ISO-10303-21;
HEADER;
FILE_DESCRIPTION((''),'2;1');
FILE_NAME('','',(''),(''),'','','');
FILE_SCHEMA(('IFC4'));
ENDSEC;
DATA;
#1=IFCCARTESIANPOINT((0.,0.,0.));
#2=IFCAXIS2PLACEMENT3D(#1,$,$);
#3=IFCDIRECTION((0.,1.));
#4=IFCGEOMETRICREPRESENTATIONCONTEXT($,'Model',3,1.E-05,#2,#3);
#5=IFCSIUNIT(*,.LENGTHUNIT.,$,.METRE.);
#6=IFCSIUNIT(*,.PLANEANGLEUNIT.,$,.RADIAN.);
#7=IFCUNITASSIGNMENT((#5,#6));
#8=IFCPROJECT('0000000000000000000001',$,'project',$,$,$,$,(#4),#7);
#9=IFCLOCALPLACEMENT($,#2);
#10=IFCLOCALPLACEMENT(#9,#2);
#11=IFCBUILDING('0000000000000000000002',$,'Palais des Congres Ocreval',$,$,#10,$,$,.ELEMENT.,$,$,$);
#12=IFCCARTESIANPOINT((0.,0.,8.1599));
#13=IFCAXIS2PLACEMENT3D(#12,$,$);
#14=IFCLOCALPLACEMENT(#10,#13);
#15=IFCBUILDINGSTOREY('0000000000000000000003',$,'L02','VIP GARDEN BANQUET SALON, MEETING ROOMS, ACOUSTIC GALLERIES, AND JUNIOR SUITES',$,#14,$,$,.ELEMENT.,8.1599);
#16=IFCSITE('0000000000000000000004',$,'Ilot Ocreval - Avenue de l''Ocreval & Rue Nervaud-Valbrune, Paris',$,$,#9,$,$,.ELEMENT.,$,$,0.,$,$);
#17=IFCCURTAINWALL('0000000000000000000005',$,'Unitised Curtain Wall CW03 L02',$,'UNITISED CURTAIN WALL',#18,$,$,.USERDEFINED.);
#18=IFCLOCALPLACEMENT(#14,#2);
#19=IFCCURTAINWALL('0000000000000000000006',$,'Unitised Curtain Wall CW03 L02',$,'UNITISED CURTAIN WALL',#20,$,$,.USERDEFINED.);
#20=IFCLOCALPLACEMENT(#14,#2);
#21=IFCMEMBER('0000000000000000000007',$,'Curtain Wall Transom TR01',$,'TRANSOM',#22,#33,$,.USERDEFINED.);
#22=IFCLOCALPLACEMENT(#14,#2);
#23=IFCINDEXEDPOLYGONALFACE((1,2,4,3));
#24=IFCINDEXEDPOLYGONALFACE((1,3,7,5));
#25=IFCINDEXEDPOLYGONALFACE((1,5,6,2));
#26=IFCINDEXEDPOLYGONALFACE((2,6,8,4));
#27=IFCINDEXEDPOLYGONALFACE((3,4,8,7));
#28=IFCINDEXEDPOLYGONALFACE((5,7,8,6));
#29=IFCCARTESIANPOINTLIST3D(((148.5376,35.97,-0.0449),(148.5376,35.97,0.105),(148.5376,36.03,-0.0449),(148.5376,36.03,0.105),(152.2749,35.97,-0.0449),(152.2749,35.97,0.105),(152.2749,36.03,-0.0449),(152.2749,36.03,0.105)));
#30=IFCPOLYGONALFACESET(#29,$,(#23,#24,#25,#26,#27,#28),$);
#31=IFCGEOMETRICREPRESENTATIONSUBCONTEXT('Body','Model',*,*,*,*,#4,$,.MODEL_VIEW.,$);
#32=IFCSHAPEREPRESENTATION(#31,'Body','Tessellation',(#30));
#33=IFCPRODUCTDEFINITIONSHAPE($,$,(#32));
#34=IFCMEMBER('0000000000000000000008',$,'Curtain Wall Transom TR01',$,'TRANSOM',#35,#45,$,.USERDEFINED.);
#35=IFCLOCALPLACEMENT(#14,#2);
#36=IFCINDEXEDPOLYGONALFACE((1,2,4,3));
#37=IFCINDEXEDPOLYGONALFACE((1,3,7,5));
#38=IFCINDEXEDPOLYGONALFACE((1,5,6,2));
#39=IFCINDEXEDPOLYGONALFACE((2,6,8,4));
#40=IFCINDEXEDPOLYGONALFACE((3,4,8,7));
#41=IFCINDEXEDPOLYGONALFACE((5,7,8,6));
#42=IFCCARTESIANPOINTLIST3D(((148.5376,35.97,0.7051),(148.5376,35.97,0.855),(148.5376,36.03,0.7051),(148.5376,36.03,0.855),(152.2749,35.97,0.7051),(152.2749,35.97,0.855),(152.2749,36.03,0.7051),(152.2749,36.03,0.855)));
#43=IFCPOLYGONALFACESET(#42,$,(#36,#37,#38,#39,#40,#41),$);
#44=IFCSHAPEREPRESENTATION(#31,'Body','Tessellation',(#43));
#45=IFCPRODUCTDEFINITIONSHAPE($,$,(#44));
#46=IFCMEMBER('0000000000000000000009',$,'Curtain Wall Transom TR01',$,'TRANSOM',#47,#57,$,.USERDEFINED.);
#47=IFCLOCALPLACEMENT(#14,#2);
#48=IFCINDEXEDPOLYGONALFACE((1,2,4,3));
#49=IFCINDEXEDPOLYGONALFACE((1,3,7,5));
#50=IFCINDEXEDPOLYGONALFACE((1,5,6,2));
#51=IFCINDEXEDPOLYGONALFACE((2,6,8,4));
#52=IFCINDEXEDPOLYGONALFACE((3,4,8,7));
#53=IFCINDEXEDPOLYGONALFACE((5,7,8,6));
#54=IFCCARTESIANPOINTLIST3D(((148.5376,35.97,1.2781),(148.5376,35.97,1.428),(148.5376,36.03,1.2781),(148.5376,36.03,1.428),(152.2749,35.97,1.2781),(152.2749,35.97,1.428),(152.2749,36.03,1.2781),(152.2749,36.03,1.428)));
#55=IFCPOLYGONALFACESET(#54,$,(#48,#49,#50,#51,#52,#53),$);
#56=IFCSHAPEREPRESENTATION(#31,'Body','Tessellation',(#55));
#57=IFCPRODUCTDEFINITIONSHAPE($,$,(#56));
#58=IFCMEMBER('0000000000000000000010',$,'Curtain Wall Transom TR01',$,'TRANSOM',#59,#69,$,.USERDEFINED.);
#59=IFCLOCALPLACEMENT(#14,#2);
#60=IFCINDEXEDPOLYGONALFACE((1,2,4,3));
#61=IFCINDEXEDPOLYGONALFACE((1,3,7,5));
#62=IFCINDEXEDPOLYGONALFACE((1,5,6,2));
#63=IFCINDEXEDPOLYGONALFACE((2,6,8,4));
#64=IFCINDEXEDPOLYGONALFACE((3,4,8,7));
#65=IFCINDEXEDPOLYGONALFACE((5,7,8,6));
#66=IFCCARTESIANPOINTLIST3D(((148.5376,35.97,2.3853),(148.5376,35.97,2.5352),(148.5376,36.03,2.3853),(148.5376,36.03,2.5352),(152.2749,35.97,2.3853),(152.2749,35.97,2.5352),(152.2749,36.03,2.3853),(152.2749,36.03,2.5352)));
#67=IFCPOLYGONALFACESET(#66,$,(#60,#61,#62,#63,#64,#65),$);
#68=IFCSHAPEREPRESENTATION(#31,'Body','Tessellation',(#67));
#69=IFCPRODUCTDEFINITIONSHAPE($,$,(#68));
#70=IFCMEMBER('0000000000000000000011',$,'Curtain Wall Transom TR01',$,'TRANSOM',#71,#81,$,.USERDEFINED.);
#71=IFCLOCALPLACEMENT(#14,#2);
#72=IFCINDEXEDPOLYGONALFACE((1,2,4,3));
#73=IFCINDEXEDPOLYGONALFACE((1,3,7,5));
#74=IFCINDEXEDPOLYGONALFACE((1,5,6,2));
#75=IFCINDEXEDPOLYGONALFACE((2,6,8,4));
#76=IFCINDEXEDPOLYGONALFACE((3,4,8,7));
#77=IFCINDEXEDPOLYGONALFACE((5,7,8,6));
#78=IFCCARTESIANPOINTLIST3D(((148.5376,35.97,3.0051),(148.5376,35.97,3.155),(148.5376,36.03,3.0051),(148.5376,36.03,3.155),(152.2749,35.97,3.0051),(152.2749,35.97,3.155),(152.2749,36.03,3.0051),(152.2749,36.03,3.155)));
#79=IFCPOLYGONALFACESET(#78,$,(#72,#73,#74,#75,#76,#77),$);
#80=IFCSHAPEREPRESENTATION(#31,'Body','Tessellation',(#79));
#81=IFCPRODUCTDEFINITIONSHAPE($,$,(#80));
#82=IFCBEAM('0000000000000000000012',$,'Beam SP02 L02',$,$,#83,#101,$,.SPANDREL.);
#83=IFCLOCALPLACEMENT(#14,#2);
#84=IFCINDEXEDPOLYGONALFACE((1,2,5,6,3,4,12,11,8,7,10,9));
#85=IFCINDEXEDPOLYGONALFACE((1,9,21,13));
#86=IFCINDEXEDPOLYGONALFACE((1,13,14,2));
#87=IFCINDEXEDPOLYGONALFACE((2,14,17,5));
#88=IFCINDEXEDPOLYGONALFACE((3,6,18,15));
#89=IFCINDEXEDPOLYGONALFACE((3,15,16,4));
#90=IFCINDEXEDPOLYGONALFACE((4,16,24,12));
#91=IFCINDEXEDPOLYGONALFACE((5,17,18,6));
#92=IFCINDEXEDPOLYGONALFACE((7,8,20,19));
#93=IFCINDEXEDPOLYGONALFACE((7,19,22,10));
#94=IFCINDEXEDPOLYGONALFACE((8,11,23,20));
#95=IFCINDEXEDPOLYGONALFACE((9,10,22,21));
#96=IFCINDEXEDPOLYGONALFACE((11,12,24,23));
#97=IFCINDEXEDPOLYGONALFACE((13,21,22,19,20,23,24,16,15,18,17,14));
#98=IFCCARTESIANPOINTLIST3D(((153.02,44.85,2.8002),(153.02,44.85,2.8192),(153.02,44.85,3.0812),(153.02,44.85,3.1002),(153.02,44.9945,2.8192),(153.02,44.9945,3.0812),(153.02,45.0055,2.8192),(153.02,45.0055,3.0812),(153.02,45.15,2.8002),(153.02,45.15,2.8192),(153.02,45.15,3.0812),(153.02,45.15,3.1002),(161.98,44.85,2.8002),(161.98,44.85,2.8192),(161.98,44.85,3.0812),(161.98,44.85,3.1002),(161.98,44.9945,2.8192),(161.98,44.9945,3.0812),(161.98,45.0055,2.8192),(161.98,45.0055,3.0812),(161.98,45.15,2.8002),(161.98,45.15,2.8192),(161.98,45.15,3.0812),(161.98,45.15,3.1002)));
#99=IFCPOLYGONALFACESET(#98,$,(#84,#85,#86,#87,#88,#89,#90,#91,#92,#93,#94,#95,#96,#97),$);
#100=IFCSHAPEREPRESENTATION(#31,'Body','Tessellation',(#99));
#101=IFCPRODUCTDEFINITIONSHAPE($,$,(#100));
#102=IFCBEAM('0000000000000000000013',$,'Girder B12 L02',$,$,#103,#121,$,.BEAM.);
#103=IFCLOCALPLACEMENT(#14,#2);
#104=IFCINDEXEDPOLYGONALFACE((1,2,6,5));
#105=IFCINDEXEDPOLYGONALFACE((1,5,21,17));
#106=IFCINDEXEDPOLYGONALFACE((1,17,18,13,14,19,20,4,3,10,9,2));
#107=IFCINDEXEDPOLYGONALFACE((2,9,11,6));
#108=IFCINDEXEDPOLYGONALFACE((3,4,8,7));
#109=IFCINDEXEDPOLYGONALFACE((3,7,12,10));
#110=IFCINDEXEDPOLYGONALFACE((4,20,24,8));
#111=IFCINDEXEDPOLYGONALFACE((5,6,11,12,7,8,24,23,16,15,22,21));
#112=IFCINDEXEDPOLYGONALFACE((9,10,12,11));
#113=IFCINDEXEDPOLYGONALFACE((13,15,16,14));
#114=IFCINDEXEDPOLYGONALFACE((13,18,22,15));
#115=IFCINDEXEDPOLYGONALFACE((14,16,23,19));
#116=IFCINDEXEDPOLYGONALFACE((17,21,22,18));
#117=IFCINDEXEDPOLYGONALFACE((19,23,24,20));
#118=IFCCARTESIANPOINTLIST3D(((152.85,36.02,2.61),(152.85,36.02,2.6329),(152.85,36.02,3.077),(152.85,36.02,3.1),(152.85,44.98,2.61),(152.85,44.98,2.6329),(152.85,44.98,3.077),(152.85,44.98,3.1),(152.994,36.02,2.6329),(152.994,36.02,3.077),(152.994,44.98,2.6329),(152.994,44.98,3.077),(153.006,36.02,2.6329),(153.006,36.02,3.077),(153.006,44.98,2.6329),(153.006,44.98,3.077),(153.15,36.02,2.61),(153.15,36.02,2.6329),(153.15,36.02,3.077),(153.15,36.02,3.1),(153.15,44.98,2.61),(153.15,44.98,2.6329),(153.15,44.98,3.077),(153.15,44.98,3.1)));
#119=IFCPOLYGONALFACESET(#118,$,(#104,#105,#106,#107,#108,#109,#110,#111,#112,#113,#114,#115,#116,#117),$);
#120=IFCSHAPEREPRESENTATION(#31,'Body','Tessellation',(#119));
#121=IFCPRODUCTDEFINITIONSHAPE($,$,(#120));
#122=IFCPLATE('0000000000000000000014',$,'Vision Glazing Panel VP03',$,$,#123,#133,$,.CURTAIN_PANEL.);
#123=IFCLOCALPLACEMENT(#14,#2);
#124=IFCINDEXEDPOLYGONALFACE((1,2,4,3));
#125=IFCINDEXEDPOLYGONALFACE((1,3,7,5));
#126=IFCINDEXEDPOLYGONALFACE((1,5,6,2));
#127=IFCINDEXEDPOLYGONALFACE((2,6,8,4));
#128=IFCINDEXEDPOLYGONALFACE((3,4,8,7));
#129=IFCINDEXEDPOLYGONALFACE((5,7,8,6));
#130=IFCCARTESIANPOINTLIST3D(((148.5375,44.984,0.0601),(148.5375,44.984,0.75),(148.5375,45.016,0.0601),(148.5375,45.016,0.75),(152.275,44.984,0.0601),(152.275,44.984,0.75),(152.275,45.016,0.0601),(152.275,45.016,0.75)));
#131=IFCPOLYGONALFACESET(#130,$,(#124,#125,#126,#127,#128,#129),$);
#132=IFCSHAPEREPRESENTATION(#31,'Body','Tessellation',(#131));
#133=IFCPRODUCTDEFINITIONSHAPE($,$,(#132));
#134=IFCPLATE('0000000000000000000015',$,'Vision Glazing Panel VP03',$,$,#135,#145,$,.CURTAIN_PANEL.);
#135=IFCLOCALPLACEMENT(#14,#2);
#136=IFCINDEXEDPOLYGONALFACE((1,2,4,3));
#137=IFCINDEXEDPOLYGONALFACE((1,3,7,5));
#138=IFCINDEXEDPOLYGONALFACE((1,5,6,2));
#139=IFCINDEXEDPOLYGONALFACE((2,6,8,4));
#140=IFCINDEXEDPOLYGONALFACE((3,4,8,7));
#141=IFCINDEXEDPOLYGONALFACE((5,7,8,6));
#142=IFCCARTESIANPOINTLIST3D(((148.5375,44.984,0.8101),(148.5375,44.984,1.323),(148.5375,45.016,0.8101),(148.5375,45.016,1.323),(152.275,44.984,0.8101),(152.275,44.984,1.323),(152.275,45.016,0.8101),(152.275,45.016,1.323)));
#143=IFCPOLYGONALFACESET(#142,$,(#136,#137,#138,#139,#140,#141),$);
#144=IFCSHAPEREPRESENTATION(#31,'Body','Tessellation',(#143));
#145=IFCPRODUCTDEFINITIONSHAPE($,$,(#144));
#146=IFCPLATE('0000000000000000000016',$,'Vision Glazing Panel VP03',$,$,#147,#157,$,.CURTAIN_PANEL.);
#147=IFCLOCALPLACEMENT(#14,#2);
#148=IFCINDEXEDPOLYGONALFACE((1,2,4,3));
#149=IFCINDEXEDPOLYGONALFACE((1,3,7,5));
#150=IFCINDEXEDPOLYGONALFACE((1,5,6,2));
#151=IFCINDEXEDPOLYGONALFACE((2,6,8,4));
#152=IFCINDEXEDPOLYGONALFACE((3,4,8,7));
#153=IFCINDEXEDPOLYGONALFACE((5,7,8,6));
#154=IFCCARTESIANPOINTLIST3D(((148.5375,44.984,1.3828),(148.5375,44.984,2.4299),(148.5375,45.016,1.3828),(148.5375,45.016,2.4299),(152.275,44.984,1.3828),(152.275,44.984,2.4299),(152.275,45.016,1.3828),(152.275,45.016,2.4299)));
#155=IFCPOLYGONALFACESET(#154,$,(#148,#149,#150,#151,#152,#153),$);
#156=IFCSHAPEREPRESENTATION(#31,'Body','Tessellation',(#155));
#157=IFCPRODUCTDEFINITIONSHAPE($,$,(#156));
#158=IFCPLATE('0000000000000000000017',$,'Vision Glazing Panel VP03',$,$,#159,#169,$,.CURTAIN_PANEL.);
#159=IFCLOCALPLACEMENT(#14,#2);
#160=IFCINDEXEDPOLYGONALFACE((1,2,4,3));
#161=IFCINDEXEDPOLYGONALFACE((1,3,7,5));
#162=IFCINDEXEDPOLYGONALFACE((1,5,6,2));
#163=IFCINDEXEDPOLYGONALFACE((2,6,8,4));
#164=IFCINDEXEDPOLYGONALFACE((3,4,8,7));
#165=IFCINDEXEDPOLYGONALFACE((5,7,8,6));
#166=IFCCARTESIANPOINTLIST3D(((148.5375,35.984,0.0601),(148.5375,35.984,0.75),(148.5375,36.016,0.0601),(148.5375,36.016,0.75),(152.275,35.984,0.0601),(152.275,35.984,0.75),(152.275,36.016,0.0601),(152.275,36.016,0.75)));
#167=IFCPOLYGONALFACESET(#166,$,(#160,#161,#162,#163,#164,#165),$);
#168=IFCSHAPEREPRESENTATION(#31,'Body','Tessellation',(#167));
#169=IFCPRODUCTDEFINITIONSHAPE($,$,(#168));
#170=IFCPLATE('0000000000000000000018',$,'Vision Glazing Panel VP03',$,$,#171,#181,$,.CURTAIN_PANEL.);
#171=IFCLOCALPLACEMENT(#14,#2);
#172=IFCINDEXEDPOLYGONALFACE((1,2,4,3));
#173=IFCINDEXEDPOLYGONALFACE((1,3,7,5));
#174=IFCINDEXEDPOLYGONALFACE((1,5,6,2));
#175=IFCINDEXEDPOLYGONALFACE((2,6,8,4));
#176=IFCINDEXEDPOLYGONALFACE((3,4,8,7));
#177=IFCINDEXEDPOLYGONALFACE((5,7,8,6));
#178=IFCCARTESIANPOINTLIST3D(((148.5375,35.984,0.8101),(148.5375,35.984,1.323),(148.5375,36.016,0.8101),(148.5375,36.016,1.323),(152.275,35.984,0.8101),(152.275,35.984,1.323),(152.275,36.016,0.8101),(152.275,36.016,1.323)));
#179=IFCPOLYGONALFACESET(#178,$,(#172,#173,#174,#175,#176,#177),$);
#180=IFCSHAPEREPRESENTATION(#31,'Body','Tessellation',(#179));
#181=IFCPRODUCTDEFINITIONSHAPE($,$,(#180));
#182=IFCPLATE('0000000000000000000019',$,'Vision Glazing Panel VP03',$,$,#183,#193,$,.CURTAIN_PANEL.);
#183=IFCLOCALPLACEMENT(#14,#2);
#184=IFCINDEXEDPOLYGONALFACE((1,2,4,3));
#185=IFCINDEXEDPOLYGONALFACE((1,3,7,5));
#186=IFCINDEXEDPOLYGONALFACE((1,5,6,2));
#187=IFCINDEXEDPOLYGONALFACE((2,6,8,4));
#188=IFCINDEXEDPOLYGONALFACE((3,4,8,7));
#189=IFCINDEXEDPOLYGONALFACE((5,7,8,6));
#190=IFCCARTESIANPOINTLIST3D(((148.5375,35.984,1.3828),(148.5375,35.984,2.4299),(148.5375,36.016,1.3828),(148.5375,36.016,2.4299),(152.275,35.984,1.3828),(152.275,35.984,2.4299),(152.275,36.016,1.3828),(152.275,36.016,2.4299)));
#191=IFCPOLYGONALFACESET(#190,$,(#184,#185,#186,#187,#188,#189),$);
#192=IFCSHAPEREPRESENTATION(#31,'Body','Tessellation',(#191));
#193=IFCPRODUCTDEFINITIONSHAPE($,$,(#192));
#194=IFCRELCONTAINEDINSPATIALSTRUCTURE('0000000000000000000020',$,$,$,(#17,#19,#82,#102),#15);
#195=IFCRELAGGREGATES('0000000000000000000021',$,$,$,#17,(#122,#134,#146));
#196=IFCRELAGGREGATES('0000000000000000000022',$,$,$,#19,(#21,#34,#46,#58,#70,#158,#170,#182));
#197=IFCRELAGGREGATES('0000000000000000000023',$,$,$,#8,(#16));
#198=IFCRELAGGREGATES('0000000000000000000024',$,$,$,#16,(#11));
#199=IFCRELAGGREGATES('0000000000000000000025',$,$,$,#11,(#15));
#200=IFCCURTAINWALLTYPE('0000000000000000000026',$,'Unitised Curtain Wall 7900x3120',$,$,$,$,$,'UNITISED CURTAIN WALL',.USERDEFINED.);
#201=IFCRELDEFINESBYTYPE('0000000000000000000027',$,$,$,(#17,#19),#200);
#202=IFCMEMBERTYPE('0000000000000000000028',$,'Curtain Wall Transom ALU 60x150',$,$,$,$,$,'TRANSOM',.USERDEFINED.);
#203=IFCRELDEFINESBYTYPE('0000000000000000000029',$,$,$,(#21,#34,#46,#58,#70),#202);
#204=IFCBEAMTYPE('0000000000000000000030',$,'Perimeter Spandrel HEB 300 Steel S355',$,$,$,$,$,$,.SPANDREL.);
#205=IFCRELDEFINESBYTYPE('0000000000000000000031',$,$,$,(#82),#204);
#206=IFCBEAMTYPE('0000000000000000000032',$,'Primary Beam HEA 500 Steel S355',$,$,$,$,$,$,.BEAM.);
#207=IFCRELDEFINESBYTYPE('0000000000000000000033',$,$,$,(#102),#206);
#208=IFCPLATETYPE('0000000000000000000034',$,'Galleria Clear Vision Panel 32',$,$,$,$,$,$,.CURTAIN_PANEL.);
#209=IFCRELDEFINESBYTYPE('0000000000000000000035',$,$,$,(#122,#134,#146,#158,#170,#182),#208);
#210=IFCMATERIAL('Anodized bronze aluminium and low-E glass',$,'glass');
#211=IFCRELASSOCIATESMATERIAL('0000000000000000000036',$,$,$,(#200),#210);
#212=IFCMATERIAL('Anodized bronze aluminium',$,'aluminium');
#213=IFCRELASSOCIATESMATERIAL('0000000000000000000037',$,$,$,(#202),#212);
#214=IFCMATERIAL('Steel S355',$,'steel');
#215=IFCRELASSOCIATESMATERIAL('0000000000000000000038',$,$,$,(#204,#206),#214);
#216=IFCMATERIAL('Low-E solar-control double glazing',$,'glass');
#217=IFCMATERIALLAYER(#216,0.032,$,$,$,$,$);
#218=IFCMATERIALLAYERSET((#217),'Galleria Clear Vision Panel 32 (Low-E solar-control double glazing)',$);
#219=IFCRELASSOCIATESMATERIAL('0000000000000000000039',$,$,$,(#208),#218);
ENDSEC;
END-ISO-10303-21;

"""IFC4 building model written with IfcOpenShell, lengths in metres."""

from ifc_helpers import new_model, si_unit, direction, frame, origin, origin_2d, place, context, subcontext, project, spatial, rectangle, i_section, extrude, material, layer, layer_set, material_profile, profile_set, type_object, element, aggregate, save


model = new_model("IFC4")

# Units and contexts
model_context = context("Model", 3, precision=1e-05, world=origin(), true_north=direction((0.0, 1.0)))
body_context = subcontext(model_context, "Body", "Model", "MODEL_VIEW")
ifc_project = project(units=[si_unit("LENGTHUNIT", "METRE"), si_unit("PLANEANGLEUNIT", "RADIAN")], contexts=[model_context])

# Site, building, storey
site_placement = place(None, origin())
site = spatial("IfcSite", under=ifc_project, at=site_placement, Name="Ilot Ocreval - Avenue de l'Ocreval & Rue Nervaud-Valbrune, Paris", CompositionType="ELEMENT", RefElevation=0.0)
building_placement = place(site_placement, origin())
building = spatial("IfcBuilding", under=site, at=building_placement, Name="Palais des Congres Ocreval", CompositionType="ELEMENT")
storey_placement = place(building_placement, frame((0.0, 0.0, 8.1599)))
storey = spatial("IfcBuildingStorey", under=building, at=storey_placement, Name="L02", Description="VIP GARDEN BANQUET SALON, MEETING ROOMS, ACOUSTIC GALLERIES, AND JUNIOR SUITES", CompositionType="ELEMENT", Elevation=8.1599)

# Shared definitions
ifc_material_1 = material(Name="Steel S355", Category="steel")

# Curtain walls
ifc_material_2 = material(Name="Anodized bronze aluminium and low-E glass", Category="glass")
curtain_wall_type = type_object("IfcCurtainWallType", Name="Unitised Curtain Wall 7900x3120", ElementType="UNITISED CURTAIN WALL", PredefinedType="USERDEFINED", material=ifc_material_2)
curtain_wall_1_placement = place(storey_placement, origin())
curtain_wall_1 = element("IfcCurtainWall", 1, at=curtain_wall_1_placement, inside=storey, type_object=curtain_wall_type, Name="Unitised Curtain Wall CW03 L02", ObjectType="UNITISED CURTAIN WALL", PredefinedType="USERDEFINED")
ifc_material_3 = material(Name="Anodized bronze aluminium", Category="aluminium")
curtain_wall_2_placement = place(storey_placement, origin())
curtain_wall_2 = element("IfcCurtainWall", 2, at=curtain_wall_2_placement, inside=storey, type_object=curtain_wall_type, Name="Unitised Curtain Wall CW03 L02", ObjectType="UNITISED CURTAIN WALL", PredefinedType="USERDEFINED")

# Members
ifc_material_profile_1 = material_profile(ifc_material_3, rectangle(XDim=0.0601, YDim=0.1499, at=origin_2d()), Name="ALU 60x150")
ifc_profile_set_1 = profile_set([ifc_material_profile_1], Name="Anodized bronze aluminium")
member_type_1 = type_object("IfcMemberType", Name="Curtain Wall Transom ALU 60x150", ElementType="TRANSOM", PredefinedType="USERDEFINED", material=ifc_profile_set_1)
member_1_placement = place(storey_placement, frame((152.2749, 36.0, 0.03), z_axis=(-1.0, 0.0, 0.0), x_axis=(0.0, -1.0, 0.0)))
member_1 = element("IfcMember", 3, at=member_1_placement, type_object=member_type_1, Name="Curtain Wall Transom TR01", ObjectType="TRANSOM", PredefinedType="USERDEFINED", context=body_context, shape_type="SweptSolid", body=[
    extrude(rectangle(XDim=0.0601, YDim=0.1499, at=origin_2d()), origin(), (0.0, 0.0, 1.0), 3.7373),
])
member_2_placement = place(storey_placement, frame((152.2749, 36.0, 0.78), z_axis=(-1.0, 0.0, 0.0), x_axis=(0.0, -1.0, 0.0)))
member_2 = element("IfcMember", 4, at=member_2_placement, type_object=member_type_1, Name="Curtain Wall Transom TR01", ObjectType="TRANSOM", PredefinedType="USERDEFINED", context=body_context, shape_type="SweptSolid", body=[
    extrude(rectangle(XDim=0.0601, YDim=0.1499, at=origin_2d()), origin(), (0.0, 0.0, 1.0), 3.7373),
])
member_3_placement = place(storey_placement, frame((152.2749, 36.0, 1.353), z_axis=(-1.0, 0.0, 0.0), x_axis=(0.0, -1.0, 0.0)))
member_3 = element("IfcMember", 5, at=member_3_placement, type_object=member_type_1, Name="Curtain Wall Transom TR01", ObjectType="TRANSOM", PredefinedType="USERDEFINED", context=body_context, shape_type="SweptSolid", body=[
    extrude(rectangle(XDim=0.0601, YDim=0.1499, at=origin_2d()), origin(), (0.0, 0.0, 1.0), 3.7373),
])
member_4_placement = place(storey_placement, frame((152.2749, 36.0, 2.4602), z_axis=(-1.0, 0.0, 0.0), x_axis=(0.0, -1.0, 0.0)))
member_4 = element("IfcMember", 6, at=member_4_placement, type_object=member_type_1, Name="Curtain Wall Transom TR01", ObjectType="TRANSOM", PredefinedType="USERDEFINED", context=body_context, shape_type="SweptSolid", body=[
    extrude(rectangle(XDim=0.0601, YDim=0.1499, at=origin_2d()), origin(), (0.0, 0.0, 1.0), 3.7373),
])
member_5_placement = place(storey_placement, frame((152.2749, 36.0, 3.0801), z_axis=(-1.0, 0.0, 0.0), x_axis=(0.0, -1.0, 0.0)))
member_5 = element("IfcMember", 7, at=member_5_placement, type_object=member_type_1, Name="Curtain Wall Transom TR01", ObjectType="TRANSOM", PredefinedType="USERDEFINED", context=body_context, shape_type="SweptSolid", body=[
    extrude(rectangle(XDim=0.0601, YDim=0.1499, at=origin_2d()), origin(), (0.0, 0.0, 1.0), 3.7373),
])

# Beams
ifc_material_profile_2 = material_profile(ifc_material_1, i_section(OverallWidth=0.3, OverallDepth=0.3, WebThickness=0.011, FlangeThickness=0.019, at=origin_2d()), Name="HEB 300")
ifc_profile_set_2 = profile_set([ifc_material_profile_2], Name="Steel S355")
beam_type_1 = type_object("IfcBeamType", Name="Perimeter Spandrel HEB 300 Steel S355", PredefinedType="SPANDREL", material=ifc_profile_set_2)
beam_1_placement = place(storey_placement, frame((153.02, 45.0, 2.9502), z_axis=(1.0, 0.0, 0.0), x_axis=(0.0, 1.0, 0.0)))
element("IfcBeam", 8, at=beam_1_placement, inside=storey, type_object=beam_type_1, Name="Beam SP02 L02", PredefinedType="SPANDREL", context=body_context, shape_type="SweptSolid", body=[
    extrude(i_section(OverallWidth=0.3, OverallDepth=0.3, WebThickness=0.011, FlangeThickness=0.019, at=origin_2d()), origin(), (0.0, 0.0, 1.0), 8.96),
])
ifc_material_profile_3 = material_profile(ifc_material_1, i_section(OverallWidth=0.3, OverallDepth=0.49, WebThickness=0.012, FlangeThickness=0.0229, at=origin_2d()), Name="HEA 500")
ifc_profile_set_3 = profile_set([ifc_material_profile_3], Name="Steel S355")
beam_type_2 = type_object("IfcBeamType", Name="Primary Beam HEA 500 Steel S355", PredefinedType="BEAM", material=ifc_profile_set_3)
beam_2_placement = place(storey_placement, frame((153.0, 36.02, 2.855), z_axis=(0.0, 1.0, 0.0), x_axis=(-1.0, 0.0, 0.0)))
element("IfcBeam", 9, at=beam_2_placement, inside=storey, type_object=beam_type_2, Name="Girder B12 L02", PredefinedType="BEAM", context=body_context, shape_type="SweptSolid", body=[
    extrude(i_section(OverallWidth=0.3, OverallDepth=0.49, WebThickness=0.012, FlangeThickness=0.0229, at=origin_2d()), origin(), (0.0, 0.0, 1.0), 8.96),
])

# Plates
ifc_material_4 = material(Name="Low-E solar-control double glazing", Category="glass")
ifc_layer_1 = layer(ifc_material_4, 0.032)
ifc_layer_set_1 = layer_set([ifc_layer_1], Name="Galleria Clear Vision Panel 32 (Low-E solar-control double glazing)")
plate_type_1 = type_object("IfcPlateType", Name="Galleria Clear Vision Panel 32", PredefinedType="CURTAIN_PANEL", material=ifc_layer_set_1)
plate_1_placement = place(storey_placement, frame((150.4062, 45.0, 0.0601), z_axis=(0.0, 0.0, 1.0), x_axis=(1.0, 0.0, 0.0)))
plate_1 = element("IfcPlate", 10, at=plate_1_placement, type_object=plate_type_1, Name="Vision Glazing Panel VP03", PredefinedType="CURTAIN_PANEL", context=body_context, shape_type="SweptSolid", body=[
    extrude(rectangle(XDim=3.7375, YDim=0.032, at=origin_2d()), origin(), (0.0, 0.0, 1.0), 0.6899),
])
plate_2_placement = place(storey_placement, frame((150.4062, 45.0, 0.8101), z_axis=(0.0, 0.0, 1.0), x_axis=(1.0, 0.0, 0.0)))
plate_2 = element("IfcPlate", 11, at=plate_2_placement, type_object=plate_type_1, Name="Vision Glazing Panel VP03", PredefinedType="CURTAIN_PANEL", context=body_context, shape_type="SweptSolid", body=[
    extrude(rectangle(XDim=3.7375, YDim=0.032, at=origin_2d()), origin(), (0.0, 0.0, 1.0), 0.5129),
])
plate_3_placement = place(storey_placement, frame((150.4062, 45.0, 1.3828), z_axis=(0.0, 0.0, 1.0), x_axis=(1.0, 0.0, 0.0)))
plate_3 = element("IfcPlate", 12, at=plate_3_placement, type_object=plate_type_1, Name="Vision Glazing Panel VP03", PredefinedType="CURTAIN_PANEL", context=body_context, shape_type="SweptSolid", body=[
    extrude(rectangle(XDim=3.7375, YDim=0.032, at=origin_2d()), origin(), (0.0, 0.0, 1.0), 1.0471),
])
plate_4_placement = place(storey_placement, frame((150.4062, 36.0, 0.0601), z_axis=(0.0, 0.0, 1.0), x_axis=(-1.0, 0.0, 0.0)))
plate_4 = element("IfcPlate", 13, at=plate_4_placement, type_object=plate_type_1, Name="Vision Glazing Panel VP03", PredefinedType="CURTAIN_PANEL", context=body_context, shape_type="SweptSolid", body=[
    extrude(rectangle(XDim=3.7375, YDim=0.032, at=origin_2d()), origin(), (0.0, 0.0, 1.0), 0.6899),
])
plate_5_placement = place(storey_placement, frame((150.4062, 36.0, 0.8101), z_axis=(0.0, 0.0, 1.0), x_axis=(-1.0, 0.0, 0.0)))
plate_5 = element("IfcPlate", 14, at=plate_5_placement, type_object=plate_type_1, Name="Vision Glazing Panel VP03", PredefinedType="CURTAIN_PANEL", context=body_context, shape_type="SweptSolid", body=[
    extrude(rectangle(XDim=3.7375, YDim=0.032, at=origin_2d()), origin(), (0.0, 0.0, 1.0), 0.5129),
])
plate_6_placement = place(storey_placement, frame((150.4062, 36.0, 1.3828), z_axis=(0.0, 0.0, 1.0), x_axis=(-1.0, 0.0, 0.0)))
plate_6 = element("IfcPlate", 15, at=plate_6_placement, type_object=plate_type_1, Name="Vision Glazing Panel VP03", PredefinedType="CURTAIN_PANEL", context=body_context, shape_type="SweptSolid", body=[
    extrude(rectangle(XDim=3.7375, YDim=0.032, at=origin_2d()), origin(), (0.0, 0.0, 1.0), 1.0471),
])
aggregate(curtain_wall_1, [plate_1, plate_2, plate_3])
aggregate(curtain_wall_2, [member_1, member_2, member_3, member_4, member_5, plate_4, plate_5, plate_6])

save(model, "model.ifc")
